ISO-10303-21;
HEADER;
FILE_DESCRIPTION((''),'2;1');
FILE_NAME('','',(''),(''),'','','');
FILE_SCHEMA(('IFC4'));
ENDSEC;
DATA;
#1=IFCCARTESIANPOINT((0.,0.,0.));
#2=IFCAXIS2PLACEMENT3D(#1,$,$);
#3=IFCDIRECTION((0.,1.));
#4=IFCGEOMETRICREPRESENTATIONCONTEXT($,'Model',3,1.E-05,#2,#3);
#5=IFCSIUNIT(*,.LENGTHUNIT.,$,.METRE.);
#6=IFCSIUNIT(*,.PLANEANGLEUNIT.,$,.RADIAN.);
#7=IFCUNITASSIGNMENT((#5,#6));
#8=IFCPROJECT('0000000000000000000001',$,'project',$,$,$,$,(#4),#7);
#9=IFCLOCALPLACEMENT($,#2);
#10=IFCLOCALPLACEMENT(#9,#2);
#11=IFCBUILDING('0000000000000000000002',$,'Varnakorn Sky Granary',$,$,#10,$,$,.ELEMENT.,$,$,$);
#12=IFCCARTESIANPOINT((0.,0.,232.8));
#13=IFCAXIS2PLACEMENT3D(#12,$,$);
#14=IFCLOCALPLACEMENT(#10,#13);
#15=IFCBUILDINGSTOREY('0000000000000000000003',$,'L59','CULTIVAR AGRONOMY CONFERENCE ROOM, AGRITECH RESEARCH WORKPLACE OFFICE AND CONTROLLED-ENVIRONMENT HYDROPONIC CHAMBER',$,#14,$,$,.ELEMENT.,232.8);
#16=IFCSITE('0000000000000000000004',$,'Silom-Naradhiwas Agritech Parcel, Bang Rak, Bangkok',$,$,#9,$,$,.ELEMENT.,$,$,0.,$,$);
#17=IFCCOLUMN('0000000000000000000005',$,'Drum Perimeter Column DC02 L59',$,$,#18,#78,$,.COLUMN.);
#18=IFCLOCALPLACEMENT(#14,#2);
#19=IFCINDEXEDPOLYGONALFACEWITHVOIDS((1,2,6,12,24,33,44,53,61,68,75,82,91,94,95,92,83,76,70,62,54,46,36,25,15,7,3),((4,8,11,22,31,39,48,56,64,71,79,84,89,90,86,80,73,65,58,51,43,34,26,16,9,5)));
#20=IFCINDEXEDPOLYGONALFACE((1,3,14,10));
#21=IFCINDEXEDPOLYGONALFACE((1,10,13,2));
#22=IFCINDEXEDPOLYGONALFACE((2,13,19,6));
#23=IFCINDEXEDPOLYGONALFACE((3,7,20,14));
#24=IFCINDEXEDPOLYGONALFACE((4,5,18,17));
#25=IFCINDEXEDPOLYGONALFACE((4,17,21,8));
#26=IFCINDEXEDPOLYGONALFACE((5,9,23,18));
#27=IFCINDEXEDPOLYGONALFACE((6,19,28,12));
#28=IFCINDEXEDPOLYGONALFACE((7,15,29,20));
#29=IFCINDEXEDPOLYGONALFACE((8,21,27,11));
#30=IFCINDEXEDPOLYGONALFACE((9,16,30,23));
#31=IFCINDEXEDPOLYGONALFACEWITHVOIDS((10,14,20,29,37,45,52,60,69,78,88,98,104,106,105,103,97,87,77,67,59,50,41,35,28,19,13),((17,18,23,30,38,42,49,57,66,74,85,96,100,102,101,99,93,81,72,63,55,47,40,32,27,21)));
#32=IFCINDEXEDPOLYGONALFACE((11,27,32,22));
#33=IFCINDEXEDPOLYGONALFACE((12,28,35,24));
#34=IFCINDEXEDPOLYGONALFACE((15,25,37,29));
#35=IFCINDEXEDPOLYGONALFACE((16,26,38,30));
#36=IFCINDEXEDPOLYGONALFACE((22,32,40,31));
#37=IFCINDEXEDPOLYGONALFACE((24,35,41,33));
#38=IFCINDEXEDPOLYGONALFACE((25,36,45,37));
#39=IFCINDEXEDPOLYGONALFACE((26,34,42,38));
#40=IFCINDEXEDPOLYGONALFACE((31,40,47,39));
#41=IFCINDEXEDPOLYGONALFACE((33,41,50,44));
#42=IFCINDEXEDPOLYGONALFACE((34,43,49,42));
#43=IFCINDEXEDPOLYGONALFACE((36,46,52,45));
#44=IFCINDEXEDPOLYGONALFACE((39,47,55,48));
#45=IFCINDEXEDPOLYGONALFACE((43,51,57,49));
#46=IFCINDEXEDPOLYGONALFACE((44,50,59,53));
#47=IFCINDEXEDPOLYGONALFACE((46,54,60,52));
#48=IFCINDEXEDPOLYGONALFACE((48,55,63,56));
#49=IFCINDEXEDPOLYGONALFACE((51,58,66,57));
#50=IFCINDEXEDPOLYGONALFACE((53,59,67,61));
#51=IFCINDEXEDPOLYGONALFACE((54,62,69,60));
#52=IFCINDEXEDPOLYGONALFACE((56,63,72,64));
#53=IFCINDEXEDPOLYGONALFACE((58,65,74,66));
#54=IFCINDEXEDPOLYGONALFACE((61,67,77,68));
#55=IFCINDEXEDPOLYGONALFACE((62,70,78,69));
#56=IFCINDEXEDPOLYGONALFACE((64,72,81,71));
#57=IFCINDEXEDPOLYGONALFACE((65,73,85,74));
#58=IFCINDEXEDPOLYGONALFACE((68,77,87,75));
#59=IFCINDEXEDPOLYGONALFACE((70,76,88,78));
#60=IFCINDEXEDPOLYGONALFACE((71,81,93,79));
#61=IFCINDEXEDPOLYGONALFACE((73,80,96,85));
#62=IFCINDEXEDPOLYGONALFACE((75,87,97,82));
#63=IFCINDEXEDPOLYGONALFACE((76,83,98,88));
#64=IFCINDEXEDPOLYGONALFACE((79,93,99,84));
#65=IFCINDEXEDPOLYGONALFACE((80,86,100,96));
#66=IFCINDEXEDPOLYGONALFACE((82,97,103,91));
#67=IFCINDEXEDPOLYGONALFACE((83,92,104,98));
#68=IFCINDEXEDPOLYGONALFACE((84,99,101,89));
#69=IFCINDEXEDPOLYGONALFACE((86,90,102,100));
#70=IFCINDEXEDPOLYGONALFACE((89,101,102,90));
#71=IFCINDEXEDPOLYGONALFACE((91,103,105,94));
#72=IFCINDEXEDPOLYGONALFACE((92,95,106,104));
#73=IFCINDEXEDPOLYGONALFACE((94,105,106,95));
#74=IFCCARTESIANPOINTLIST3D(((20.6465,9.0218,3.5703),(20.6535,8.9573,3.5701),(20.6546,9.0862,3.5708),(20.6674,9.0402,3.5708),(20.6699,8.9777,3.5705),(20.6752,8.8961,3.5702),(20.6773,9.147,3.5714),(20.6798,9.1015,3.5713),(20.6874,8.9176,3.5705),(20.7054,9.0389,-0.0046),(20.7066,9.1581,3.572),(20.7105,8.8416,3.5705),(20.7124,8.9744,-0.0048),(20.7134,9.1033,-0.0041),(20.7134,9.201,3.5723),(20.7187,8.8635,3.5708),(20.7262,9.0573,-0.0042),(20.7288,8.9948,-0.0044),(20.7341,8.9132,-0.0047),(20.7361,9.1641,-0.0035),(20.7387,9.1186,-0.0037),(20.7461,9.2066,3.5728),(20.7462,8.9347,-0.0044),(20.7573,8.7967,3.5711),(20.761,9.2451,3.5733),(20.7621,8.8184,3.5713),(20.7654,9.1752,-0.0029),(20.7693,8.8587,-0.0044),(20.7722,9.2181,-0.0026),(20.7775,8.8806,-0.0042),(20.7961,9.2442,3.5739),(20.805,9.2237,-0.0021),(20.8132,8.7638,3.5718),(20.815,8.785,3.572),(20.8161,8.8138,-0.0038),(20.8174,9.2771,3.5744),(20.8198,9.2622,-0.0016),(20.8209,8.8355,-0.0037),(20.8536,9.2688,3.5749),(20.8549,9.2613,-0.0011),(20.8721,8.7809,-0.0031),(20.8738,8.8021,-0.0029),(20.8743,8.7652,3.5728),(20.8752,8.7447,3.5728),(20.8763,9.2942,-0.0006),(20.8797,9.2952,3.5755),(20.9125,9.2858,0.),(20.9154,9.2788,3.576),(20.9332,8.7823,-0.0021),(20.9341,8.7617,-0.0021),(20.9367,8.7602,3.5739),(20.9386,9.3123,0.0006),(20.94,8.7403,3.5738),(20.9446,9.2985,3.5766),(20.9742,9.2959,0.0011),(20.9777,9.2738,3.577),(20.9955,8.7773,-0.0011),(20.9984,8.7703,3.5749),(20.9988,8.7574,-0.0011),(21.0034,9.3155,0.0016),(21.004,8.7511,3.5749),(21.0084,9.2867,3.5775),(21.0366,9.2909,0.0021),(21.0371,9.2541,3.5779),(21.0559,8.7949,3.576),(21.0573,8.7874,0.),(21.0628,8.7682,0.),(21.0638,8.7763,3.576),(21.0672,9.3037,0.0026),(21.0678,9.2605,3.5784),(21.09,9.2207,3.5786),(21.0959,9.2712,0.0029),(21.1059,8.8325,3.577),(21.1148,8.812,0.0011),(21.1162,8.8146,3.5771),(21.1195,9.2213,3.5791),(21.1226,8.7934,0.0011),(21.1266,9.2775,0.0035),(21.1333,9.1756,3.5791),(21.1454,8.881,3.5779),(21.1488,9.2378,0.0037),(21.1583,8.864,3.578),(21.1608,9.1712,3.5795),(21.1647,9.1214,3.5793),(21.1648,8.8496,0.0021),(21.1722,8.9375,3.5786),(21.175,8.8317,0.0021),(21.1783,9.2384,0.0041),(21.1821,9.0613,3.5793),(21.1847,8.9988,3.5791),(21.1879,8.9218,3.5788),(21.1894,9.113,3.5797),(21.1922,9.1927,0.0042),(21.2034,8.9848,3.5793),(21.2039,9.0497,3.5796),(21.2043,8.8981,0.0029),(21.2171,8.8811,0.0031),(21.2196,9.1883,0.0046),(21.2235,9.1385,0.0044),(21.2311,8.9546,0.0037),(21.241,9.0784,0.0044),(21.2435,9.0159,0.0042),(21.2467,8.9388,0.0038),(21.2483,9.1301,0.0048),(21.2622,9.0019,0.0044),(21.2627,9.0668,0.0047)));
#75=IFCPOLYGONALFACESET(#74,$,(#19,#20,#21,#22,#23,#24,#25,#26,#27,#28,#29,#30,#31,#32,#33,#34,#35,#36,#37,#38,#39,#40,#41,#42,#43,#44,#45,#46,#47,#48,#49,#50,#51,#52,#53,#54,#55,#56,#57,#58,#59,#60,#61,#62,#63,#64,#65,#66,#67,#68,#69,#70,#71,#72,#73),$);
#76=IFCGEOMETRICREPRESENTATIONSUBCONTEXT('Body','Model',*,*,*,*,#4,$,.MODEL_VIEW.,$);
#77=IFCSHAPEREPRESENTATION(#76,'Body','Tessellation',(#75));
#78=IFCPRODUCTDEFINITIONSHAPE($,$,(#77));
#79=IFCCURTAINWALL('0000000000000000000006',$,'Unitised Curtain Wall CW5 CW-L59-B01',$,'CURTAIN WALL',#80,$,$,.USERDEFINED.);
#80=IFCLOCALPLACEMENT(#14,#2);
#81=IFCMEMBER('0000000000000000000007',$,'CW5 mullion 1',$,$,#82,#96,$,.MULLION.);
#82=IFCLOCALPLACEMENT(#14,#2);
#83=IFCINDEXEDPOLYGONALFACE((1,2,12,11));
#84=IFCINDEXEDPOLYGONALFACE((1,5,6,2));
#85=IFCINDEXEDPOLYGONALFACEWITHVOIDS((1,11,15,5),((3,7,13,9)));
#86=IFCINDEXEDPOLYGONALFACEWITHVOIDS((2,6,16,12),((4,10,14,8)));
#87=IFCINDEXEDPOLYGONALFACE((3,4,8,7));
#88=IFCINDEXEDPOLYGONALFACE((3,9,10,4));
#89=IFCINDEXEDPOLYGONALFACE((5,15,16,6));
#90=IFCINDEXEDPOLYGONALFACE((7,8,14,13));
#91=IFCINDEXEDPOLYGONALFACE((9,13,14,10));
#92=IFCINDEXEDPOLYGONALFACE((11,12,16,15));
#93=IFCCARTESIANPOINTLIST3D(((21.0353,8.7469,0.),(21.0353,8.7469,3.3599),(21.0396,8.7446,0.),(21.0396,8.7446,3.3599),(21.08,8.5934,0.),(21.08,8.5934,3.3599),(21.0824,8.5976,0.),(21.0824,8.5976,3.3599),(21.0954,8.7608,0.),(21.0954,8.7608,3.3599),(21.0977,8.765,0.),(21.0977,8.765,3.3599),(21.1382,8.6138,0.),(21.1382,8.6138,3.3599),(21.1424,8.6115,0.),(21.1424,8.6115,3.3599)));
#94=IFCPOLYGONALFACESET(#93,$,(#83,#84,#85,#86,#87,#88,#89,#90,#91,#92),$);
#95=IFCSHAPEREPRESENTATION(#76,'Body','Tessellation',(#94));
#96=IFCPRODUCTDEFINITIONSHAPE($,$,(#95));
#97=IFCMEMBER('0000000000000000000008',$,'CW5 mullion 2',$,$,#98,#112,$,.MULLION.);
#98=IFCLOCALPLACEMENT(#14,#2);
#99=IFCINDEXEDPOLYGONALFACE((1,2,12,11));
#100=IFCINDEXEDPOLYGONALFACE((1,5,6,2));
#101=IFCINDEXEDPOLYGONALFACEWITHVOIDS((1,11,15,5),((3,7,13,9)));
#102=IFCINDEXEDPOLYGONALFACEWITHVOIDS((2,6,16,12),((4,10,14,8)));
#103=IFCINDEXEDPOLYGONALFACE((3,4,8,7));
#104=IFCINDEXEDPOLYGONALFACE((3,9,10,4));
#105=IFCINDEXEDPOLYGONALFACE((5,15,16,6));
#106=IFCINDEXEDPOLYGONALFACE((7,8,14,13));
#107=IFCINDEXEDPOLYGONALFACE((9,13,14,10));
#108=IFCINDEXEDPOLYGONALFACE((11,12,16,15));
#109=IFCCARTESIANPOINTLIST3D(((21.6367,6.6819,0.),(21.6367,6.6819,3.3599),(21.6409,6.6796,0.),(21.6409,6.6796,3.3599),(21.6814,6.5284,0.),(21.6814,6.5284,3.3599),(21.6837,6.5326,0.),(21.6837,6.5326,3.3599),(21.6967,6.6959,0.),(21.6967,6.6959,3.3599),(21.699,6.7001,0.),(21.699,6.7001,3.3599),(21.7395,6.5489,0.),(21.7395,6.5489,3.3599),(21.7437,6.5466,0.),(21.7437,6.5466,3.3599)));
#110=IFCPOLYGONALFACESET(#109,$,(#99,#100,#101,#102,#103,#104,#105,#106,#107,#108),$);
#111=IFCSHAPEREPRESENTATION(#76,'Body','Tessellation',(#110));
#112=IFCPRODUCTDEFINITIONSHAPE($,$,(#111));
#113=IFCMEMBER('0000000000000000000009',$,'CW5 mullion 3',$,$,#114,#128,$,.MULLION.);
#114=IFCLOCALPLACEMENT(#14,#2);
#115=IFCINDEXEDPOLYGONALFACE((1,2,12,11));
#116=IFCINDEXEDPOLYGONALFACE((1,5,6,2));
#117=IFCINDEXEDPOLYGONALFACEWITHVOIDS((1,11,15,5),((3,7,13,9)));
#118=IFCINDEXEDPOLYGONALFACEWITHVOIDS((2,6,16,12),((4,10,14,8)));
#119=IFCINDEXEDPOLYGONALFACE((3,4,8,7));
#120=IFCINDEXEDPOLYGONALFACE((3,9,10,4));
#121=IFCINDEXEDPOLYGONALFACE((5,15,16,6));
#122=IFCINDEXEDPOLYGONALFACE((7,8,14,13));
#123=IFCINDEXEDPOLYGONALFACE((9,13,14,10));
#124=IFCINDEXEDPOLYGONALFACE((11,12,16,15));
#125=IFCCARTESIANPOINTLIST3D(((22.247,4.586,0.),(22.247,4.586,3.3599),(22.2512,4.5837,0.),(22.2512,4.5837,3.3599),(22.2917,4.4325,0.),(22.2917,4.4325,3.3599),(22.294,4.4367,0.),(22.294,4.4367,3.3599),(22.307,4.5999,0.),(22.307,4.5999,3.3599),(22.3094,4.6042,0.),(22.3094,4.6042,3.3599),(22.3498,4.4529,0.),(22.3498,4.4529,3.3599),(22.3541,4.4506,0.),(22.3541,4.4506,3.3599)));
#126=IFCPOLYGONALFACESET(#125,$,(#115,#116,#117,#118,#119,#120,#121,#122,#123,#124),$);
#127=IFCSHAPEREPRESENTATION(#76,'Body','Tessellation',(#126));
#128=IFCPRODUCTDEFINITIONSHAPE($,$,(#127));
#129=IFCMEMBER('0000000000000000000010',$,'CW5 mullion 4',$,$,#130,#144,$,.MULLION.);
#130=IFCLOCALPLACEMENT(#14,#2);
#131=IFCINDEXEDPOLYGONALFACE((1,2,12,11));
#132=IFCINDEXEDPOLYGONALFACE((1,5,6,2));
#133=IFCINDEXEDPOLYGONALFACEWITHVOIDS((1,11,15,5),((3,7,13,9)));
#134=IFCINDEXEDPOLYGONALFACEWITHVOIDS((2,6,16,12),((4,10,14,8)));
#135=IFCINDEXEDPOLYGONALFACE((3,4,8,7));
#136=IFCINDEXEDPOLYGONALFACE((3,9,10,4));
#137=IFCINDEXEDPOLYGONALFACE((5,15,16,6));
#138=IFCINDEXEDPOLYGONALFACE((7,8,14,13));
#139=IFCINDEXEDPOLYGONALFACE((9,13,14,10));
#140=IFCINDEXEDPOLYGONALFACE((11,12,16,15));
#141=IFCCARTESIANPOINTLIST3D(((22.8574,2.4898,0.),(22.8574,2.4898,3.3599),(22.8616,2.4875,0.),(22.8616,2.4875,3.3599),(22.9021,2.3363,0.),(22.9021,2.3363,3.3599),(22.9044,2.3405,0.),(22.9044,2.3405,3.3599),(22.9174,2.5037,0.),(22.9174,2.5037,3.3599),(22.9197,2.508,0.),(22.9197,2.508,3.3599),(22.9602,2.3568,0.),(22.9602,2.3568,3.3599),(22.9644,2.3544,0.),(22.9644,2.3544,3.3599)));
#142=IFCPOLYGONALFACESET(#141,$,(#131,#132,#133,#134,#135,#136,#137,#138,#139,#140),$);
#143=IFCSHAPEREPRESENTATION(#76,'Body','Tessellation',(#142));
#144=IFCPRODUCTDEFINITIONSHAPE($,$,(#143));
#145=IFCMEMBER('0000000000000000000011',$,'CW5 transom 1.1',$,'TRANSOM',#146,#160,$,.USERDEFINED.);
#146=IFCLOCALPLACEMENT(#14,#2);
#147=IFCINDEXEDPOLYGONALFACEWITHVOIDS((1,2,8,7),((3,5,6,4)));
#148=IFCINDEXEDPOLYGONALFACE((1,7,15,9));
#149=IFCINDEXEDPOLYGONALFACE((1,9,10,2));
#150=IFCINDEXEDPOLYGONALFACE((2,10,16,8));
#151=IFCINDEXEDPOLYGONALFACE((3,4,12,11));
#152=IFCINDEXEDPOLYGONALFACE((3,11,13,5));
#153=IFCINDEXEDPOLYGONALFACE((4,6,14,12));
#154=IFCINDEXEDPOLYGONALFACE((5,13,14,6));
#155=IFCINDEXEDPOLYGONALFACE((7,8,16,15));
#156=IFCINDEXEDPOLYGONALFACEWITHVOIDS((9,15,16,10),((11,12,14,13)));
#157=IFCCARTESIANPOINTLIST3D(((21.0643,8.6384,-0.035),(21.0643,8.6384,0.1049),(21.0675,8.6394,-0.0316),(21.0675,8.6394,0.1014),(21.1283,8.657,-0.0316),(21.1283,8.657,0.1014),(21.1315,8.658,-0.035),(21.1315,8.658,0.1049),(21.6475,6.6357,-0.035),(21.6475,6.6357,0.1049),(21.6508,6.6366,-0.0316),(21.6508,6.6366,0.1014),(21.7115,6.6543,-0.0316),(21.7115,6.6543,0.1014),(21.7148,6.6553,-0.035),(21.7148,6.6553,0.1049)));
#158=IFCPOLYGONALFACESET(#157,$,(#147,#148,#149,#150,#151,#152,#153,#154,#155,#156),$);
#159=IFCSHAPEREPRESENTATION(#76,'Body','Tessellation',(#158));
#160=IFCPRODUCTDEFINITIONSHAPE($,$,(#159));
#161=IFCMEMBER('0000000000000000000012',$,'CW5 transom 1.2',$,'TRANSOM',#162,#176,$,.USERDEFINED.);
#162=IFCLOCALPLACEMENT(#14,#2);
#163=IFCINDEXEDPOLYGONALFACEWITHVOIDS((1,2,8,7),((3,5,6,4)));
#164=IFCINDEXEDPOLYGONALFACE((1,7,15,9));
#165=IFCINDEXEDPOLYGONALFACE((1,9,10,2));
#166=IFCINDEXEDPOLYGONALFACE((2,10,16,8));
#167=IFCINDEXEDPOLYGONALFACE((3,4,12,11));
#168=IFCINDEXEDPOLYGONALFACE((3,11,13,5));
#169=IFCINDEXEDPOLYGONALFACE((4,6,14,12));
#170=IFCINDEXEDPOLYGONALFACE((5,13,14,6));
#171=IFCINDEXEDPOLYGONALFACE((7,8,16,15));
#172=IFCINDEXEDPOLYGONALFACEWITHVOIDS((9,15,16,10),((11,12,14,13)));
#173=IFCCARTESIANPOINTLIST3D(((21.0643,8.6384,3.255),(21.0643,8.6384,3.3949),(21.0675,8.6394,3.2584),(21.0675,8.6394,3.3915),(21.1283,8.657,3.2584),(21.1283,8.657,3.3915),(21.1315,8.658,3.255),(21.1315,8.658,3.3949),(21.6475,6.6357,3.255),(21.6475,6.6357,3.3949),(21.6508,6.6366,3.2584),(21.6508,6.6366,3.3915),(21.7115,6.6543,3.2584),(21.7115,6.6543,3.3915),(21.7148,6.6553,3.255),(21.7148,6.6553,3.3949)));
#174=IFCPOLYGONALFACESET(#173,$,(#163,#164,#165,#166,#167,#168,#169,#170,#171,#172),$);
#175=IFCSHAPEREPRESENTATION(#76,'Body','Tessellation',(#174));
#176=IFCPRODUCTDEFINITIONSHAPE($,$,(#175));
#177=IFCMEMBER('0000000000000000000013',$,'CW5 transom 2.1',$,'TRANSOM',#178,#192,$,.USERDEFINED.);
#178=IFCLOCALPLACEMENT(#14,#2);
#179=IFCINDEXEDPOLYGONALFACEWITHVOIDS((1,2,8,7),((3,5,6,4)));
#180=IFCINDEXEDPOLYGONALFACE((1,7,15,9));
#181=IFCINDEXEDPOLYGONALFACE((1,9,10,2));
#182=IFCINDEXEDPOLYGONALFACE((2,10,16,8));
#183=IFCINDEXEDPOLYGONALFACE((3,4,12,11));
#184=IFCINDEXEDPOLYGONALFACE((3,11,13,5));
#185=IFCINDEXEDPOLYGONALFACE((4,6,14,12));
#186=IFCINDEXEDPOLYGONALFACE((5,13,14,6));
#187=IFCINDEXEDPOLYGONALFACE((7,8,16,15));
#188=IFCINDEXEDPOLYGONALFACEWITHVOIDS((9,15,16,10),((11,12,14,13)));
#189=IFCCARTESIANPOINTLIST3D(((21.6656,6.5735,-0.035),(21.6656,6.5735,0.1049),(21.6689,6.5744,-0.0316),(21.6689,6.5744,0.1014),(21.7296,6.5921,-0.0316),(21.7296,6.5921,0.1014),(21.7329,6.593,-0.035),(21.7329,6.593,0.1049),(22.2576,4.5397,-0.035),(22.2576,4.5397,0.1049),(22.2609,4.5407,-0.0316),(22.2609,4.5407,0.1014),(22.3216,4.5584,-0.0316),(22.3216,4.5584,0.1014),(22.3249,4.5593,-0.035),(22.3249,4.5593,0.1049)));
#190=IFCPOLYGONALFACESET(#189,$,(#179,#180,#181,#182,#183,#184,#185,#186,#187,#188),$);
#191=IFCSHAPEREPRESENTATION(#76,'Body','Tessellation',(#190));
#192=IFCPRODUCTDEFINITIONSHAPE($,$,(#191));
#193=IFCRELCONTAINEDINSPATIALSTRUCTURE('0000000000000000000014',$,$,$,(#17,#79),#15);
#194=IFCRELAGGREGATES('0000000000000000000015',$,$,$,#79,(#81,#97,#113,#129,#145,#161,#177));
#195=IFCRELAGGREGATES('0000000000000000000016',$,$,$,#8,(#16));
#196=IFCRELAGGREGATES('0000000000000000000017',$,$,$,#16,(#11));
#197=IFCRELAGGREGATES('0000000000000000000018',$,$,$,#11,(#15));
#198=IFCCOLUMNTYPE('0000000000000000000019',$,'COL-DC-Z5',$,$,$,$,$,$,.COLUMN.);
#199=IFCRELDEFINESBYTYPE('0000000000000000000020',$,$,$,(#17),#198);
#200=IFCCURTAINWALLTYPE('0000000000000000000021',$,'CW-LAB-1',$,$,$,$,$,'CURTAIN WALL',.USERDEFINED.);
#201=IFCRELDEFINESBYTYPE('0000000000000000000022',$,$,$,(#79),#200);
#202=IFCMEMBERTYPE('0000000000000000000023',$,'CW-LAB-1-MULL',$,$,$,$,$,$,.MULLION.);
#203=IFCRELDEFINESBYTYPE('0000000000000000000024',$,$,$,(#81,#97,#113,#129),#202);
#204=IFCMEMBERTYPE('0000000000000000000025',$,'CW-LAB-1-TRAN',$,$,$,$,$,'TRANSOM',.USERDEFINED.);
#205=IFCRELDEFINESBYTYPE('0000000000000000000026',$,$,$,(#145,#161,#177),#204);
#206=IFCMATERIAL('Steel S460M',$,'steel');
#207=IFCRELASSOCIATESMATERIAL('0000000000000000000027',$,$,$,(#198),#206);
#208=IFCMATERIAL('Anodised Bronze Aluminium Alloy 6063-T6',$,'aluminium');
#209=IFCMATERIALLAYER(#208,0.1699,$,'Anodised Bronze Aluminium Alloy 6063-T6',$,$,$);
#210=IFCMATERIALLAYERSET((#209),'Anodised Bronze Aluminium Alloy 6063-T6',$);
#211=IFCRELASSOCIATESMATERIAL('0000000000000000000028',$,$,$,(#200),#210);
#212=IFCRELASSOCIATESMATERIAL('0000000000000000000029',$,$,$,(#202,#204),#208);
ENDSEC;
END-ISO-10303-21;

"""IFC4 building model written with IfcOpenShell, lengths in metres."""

from ifc_helpers import new_model, si_unit, direction, frame, origin, origin_2d, place, context, subcontext, project, spatial, hollow_rectangle, hollow_circle, extrude, material, layer, layer_set, material_profile, profile_set, type_object, element, aggregate, save


model = new_model("IFC4")

# Units and contexts
model_context = context("Model", 3, precision=1e-05, world=origin(), true_north=direction((0.0, 1.0)))
body_context = subcontext(model_context, "Body", "Model", "MODEL_VIEW")
ifc_project = project(units=[si_unit("LENGTHUNIT", "METRE"), si_unit("PLANEANGLEUNIT", "RADIAN")], contexts=[model_context])

# Site, building, storey
site_placement = place(None, origin())
site = spatial("IfcSite", under=ifc_project, at=site_placement, Name="Silom-Naradhiwas Agritech Parcel, Bang Rak, Bangkok", CompositionType="ELEMENT", RefElevation=0.0)
building_placement = place(site_placement, origin())
building = spatial("IfcBuilding", under=site, at=building_placement, Name="Varnakorn Sky Granary", CompositionType="ELEMENT")
storey_placement = place(building_placement, frame((0.0, 0.0, 232.8)))
storey = spatial("IfcBuildingStorey", under=building, at=storey_placement, Name="L59", Description="CULTIVAR AGRONOMY CONFERENCE ROOM, AGRITECH RESEARCH WORKPLACE OFFICE AND CONTROLLED-ENVIRONMENT HYDROPONIC CHAMBER", CompositionType="ELEMENT", Elevation=232.8)

# Column
ifc_material_1 = material(Name="Steel S460M", Category="steel")
ifc_material_profile_1 = material_profile(ifc_material_1, hollow_circle(Radius=0.2795, WallThickness=0.02, at=origin_2d()), Name="CHS 559x20")
ifc_profile_set_1 = profile_set([ifc_material_profile_1], Name="Steel S460M")
column_type = type_object("IfcColumnType", Name="COL-DC-Z5", PredefinedType="COLUMN", material=ifc_profile_set_1)
column_placement = place(storey_placement, frame((20.9849, 9.0366, 0.0), z_axis=(-0.016456, -0.00478, 0.999853), x_axis=(0.278929, -0.960312, 0.0)))
element("IfcColumn", 1, at=column_placement, inside=storey, type_object=column_type, Name="Drum Perimeter Column DC02 L59", PredefinedType="COLUMN", context=body_context, shape_type="SweptSolid", body=[
    extrude(hollow_circle(Radius=0.2795, WallThickness=0.02, at=origin_2d()), origin(), (0.0, 0.0, 1.0), 3.5754),
])

# Curtain wall, members
ifc_material_2 = material(Name="Anodised Bronze Aluminium Alloy 6063-T6", Category="aluminium")
ifc_layer_1 = layer(ifc_material_2, 0.1699, Name="Anodised Bronze Aluminium Alloy 6063-T6")
ifc_layer_set_1 = layer_set([ifc_layer_1], Name="Anodised Bronze Aluminium Alloy 6063-T6")
curtain_wall_type = type_object("IfcCurtainWallType", Name="CW-LAB-1", ElementType="CURTAIN WALL", PredefinedType="USERDEFINED", material=ifc_layer_set_1)
curtain_wall_placement = place(storey_placement, origin())
curtain_wall = element("IfcCurtainWall", 2, at=curtain_wall_placement, inside=storey, type_object=curtain_wall_type, Name="Unitised Curtain Wall CW5 CW-L59-B01", ObjectType="CURTAIN WALL", PredefinedType="USERDEFINED")
ifc_material_profile_2 = material_profile(ifc_material_2, hollow_rectangle(XDim=0.0649, YDim=0.1599, WallThickness=0.0034, at=origin_2d()), Name="ALU MULL 65x160")
ifc_profile_set_2 = profile_set([ifc_material_profile_2], Name="Anodised Bronze Aluminium Alloy 6063-T6")
member_type_1 = type_object("IfcMemberType", Name="CW-LAB-1-MULL", PredefinedType="MULLION", material=ifc_profile_set_2)
member_1_placement = place(storey_placement, frame((21.0889, 8.6792, 0.0), z_axis=(0.0, 0.0, 1.0), x_axis=(0.960129, 0.279559, 0.0)))
member_1 = element("IfcMember", 3, at=member_1_placement, type_object=member_type_1, Name="CW5 mullion 1", PredefinedType="MULLION", context=body_context, shape_type="SweptSolid", body=[
    extrude(hollow_rectangle(XDim=0.0649, YDim=0.1599, WallThickness=0.0034, at=origin_2d()), origin(), (0.0, 0.0, 1.0), 3.3599),
])
member_2_placement = place(storey_placement, frame((21.6902, 6.6143, 0.0), z_axis=(0.0, 0.0, 1.0), x_axis=(0.960129, 0.279559, 0.0)))
member_2 = element("IfcMember", 4, at=member_2_placement, type_object=member_type_1, Name="CW5 mullion 2", PredefinedType="MULLION", context=body_context, shape_type="SweptSolid", body=[
    extrude(hollow_rectangle(XDim=0.0649, YDim=0.1599, WallThickness=0.0034, at=origin_2d()), origin(), (0.0, 0.0, 1.0), 3.3599),
])
member_3_placement = place(storey_placement, frame((22.3005, 4.5183, 0.0), z_axis=(0.0, 0.0, 1.0), x_axis=(0.960129, 0.279559, 0.0)))
member_3 = element("IfcMember", 5, at=member_3_placement, type_object=member_type_1, Name="CW5 mullion 3", PredefinedType="MULLION", context=body_context, shape_type="SweptSolid", body=[
    extrude(hollow_rectangle(XDim=0.0649, YDim=0.1599, WallThickness=0.0034, at=origin_2d()), origin(), (0.0, 0.0, 1.0), 3.3599),
])
member_4_placement = place(storey_placement, frame((22.9109, 2.4221, 0.0), z_axis=(0.0, 0.0, 1.0), x_axis=(0.960129, 0.279559, 0.0)))
member_4 = element("IfcMember", 6, at=member_4_placement, type_object=member_type_1, Name="CW5 mullion 4", PredefinedType="MULLION", context=body_context, shape_type="SweptSolid", body=[
    extrude(hollow_rectangle(XDim=0.0649, YDim=0.1599, WallThickness=0.0034, at=origin_2d()), origin(), (0.0, 0.0, 1.0), 3.3599),
])
ifc_material_profile_3 = material_profile(ifc_material_2, hollow_rectangle(XDim=0.0701, YDim=0.1399, WallThickness=0.0034, at=origin_2d()), Name="ALU TRAN 70x140")
ifc_profile_set_3 = profile_set([ifc_material_profile_3], Name="Anodised Bronze Aluminium Alloy 6063-T6")
member_type_2 = type_object("IfcMemberType", Name="CW-LAB-1-TRAN", ElementType="TRANSOM", PredefinedType="USERDEFINED", material=ifc_profile_set_3)
member_5_placement = place(storey_placement, frame((21.0979, 8.6482, 0.0349), z_axis=(0.279618, -0.960111, 0.0), x_axis=(0.960111, 0.279618, 0.0)))
member_5 = element("IfcMember", 7, at=member_5_placement, type_object=member_type_2, Name="CW5 transom 1.1", ObjectType="TRANSOM", PredefinedType="USERDEFINED", context=body_context, shape_type="SweptSolid", body=[
    extrude(hollow_rectangle(XDim=0.0701, YDim=0.1399, WallThickness=0.0034, at=origin_2d()), origin(), (0.0, 0.0, 1.0), 2.0859),
])
member_6_placement = place(storey_placement, frame((21.0979, 8.6482, 3.325), z_axis=(0.279618, -0.960111, 0.0), x_axis=(0.960111, 0.279618, 0.0)))
member_6 = element("IfcMember", 8, at=member_6_placement, type_object=member_type_2, Name="CW5 transom 1.2", ObjectType="TRANSOM", PredefinedType="USERDEFINED", context=body_context, shape_type="SweptSolid", body=[
    extrude(hollow_rectangle(XDim=0.0701, YDim=0.1399, WallThickness=0.0034, at=origin_2d()), origin(), (0.0, 0.0, 1.0), 2.0859),
])
member_7_placement = place(storey_placement, frame((21.6992, 6.5833, 0.0349), z_axis=(0.279513, -0.960142, 0.0), x_axis=(0.960142, 0.279513, 0.0)))
member_7 = element("IfcMember", 9, at=member_7_placement, type_object=member_type_2, Name="CW5 transom 2.1", ObjectType="TRANSOM", PredefinedType="USERDEFINED", context=body_context, shape_type="SweptSolid", body=[
    extrude(hollow_rectangle(XDim=0.0701, YDim=0.1399, WallThickness=0.0034, at=origin_2d()), origin(), (0.0, 0.0, 1.0), 2.1182),
])

aggregate(curtain_wall, [member_1, member_2, member_3, member_4, member_5, member_6, member_7])

save(model, "model.ifc")
